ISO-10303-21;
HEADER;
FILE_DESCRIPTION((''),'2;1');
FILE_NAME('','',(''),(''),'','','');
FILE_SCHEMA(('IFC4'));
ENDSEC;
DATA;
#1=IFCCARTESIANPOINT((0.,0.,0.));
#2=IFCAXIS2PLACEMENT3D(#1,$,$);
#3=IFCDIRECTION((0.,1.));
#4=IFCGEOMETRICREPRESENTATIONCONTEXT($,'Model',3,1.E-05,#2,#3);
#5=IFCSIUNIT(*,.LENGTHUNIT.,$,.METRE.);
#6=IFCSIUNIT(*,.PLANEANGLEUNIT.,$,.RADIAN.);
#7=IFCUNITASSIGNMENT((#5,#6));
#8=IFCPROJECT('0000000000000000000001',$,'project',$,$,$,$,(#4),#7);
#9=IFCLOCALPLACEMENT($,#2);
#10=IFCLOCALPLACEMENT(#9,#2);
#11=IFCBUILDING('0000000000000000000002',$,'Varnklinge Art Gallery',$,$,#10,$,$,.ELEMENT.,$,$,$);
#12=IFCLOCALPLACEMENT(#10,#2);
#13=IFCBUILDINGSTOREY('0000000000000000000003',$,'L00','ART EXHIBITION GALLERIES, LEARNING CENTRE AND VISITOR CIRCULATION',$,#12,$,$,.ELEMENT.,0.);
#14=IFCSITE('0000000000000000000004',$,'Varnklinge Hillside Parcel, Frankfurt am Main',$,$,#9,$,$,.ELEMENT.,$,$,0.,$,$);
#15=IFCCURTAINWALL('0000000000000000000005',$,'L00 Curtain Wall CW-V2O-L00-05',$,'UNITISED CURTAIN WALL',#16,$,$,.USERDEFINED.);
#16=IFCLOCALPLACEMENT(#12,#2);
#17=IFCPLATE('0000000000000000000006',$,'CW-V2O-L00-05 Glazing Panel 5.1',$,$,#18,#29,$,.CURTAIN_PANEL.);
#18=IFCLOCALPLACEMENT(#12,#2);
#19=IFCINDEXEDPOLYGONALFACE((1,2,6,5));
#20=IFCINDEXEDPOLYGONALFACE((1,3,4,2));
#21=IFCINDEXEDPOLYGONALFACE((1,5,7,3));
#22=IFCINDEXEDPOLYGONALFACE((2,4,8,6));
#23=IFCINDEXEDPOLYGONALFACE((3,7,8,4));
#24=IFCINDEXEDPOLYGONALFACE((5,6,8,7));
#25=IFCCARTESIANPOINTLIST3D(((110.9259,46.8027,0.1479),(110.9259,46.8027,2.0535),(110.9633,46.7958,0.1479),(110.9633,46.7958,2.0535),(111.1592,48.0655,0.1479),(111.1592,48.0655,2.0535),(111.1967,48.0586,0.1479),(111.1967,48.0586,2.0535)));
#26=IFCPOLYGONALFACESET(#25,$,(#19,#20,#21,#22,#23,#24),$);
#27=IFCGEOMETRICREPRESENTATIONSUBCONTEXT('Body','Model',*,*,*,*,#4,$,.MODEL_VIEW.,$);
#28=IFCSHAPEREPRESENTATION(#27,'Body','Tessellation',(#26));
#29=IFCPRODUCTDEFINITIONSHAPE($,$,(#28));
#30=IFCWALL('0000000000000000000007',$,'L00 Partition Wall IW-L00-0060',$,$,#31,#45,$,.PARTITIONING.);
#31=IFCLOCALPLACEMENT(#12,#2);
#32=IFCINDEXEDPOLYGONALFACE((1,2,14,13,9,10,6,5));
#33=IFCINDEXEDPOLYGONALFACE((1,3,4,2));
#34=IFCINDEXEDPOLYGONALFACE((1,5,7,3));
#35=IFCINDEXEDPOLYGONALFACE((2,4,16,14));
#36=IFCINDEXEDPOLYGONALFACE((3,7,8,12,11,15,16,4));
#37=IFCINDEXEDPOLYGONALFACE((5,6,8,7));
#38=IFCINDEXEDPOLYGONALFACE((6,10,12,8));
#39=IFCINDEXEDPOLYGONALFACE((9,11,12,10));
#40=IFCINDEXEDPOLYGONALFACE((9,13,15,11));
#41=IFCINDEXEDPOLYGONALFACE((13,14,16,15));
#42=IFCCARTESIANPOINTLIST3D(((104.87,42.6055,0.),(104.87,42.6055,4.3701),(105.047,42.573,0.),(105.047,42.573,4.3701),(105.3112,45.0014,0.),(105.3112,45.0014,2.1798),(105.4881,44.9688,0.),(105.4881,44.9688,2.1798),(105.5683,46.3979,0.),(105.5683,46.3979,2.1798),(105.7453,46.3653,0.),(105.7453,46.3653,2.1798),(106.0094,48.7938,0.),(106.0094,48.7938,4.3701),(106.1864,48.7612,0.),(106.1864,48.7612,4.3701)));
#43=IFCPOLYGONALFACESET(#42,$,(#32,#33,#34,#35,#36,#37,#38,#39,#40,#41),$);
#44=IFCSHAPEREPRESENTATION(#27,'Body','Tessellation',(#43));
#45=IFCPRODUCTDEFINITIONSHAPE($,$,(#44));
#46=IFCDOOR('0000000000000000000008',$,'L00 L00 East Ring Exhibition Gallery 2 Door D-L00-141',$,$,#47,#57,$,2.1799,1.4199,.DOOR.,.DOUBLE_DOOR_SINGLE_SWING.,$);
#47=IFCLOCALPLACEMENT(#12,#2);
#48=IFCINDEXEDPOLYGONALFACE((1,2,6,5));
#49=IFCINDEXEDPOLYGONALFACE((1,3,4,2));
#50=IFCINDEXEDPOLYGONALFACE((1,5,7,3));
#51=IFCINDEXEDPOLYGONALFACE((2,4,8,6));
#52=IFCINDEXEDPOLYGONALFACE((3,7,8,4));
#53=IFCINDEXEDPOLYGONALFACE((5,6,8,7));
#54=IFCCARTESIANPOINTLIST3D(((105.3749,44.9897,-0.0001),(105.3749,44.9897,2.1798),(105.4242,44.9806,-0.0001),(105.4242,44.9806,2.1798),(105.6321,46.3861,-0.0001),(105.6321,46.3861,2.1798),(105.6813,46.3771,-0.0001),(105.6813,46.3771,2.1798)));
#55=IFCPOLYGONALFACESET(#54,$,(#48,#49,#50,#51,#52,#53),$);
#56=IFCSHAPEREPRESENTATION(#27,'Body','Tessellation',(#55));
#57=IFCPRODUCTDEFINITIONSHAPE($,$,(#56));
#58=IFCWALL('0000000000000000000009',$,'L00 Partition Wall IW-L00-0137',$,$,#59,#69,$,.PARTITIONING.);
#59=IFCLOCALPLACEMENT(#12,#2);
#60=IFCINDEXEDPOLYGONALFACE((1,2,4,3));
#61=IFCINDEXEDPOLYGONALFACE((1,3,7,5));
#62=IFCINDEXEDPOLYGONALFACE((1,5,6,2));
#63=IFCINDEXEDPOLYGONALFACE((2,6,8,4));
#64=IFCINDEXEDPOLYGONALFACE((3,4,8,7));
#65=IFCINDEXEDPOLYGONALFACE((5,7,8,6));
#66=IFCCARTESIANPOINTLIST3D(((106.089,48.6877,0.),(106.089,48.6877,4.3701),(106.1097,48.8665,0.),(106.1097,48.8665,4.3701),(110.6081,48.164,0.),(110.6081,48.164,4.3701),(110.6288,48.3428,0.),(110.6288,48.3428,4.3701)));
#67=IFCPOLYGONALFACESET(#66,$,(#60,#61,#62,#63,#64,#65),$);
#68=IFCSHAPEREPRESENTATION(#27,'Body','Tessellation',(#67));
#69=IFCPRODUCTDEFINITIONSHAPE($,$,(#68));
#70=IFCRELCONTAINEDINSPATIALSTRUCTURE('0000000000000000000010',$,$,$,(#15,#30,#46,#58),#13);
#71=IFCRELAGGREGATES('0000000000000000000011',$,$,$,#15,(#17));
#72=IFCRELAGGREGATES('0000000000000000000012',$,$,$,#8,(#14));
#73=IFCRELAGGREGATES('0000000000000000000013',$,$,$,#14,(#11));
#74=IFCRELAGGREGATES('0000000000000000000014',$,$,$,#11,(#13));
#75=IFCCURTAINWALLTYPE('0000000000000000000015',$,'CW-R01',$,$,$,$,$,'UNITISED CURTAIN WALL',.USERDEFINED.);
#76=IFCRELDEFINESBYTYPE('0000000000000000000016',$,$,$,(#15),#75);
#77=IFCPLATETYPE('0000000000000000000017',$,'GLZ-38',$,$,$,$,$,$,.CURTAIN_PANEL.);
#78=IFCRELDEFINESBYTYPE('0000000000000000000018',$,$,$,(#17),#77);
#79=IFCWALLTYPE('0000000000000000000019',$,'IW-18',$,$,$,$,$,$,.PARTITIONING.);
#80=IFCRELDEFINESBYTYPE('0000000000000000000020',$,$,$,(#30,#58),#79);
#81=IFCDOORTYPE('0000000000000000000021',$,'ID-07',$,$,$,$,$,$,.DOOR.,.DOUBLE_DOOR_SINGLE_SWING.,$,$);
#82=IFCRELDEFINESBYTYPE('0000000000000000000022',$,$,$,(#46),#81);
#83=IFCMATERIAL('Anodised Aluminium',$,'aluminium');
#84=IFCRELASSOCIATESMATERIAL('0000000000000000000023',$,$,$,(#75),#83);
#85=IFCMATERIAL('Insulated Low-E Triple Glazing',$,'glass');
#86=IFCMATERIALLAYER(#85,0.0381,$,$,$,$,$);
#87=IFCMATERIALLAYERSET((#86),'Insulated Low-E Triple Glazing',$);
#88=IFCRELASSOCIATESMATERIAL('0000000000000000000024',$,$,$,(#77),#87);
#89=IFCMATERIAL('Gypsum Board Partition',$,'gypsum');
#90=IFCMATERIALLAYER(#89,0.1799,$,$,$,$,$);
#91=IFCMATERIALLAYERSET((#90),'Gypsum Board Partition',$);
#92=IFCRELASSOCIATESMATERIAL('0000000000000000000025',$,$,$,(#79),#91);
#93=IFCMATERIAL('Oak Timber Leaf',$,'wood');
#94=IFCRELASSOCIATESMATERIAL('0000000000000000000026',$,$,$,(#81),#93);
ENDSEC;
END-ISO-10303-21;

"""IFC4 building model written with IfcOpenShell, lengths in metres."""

from ifc_helpers import new_model, si_unit, direction, frame, frame_2d, origin, origin_2d, place, context, subcontext, project, spatial, rectangle, extrude, material, layer, layer_set, type_object, element, fill, aggregate, save


model = new_model("IFC4")

# Units and contexts
model_context = context("Model", 3, precision=1e-05, world=origin(), true_north=direction((0.0, 1.0)))
body_context = subcontext(model_context, "Body", "Model", "MODEL_VIEW")
ifc_project = project(units=[si_unit("LENGTHUNIT", "METRE"), si_unit("PLANEANGLEUNIT", "RADIAN")], contexts=[model_context])

# Site, building, storey
site_placement = place(None, origin())
site = spatial("IfcSite", under=ifc_project, at=site_placement, Name="Varnklinge Hillside Parcel, Frankfurt am Main", CompositionType="ELEMENT", RefElevation=0.0)
building_placement = place(site_placement, origin())
building = spatial("IfcBuilding", under=site, at=building_placement, Name="Varnklinge Art Gallery", CompositionType="ELEMENT")
storey_placement = place(building_placement, origin())
storey = spatial("IfcBuildingStorey", under=building, at=storey_placement, Name="L00", Description="ART EXHIBITION GALLERIES, LEARNING CENTRE AND VISITOR CIRCULATION", CompositionType="ELEMENT", Elevation=0.0)

# Curtain wall
ifc_material_1 = material(Name="Anodised Aluminium", Category="aluminium")
curtain_wall_type_1 = type_object("IfcCurtainWallType", Name="CW-R01", ElementType="UNITISED CURTAIN WALL", PredefinedType="USERDEFINED", material=ifc_material_1)
curtain_wall_1_placement = place(storey_placement, origin())
curtain_wall_1 = element("IfcCurtainWall", 1, at=curtain_wall_1_placement, inside=storey, type_object=curtain_wall_type_1, Name="L00 Curtain Wall CW-V2O-L00-05", ObjectType="UNITISED CURTAIN WALL", PredefinedType="USERDEFINED")

# Plate
ifc_material_2 = material(Name="Insulated Low-E Triple Glazing", Category="glass")
ifc_layer_1 = layer(ifc_material_2, 0.0381)
ifc_layer_set_1 = layer_set([ifc_layer_1], Name="Insulated Low-E Triple Glazing")
plate_type_1 = type_object("IfcPlateType", Name="GLZ-38", PredefinedType="CURTAIN_PANEL", material=ifc_layer_set_1)
plate_1_placement = place(storey_placement, frame((111.0613, 47.4307, 0.1479), z_axis=(0.0, 0.0, 1.0), x_axis=(0.181721, 0.98335, 0.0)))
plate_1 = element("IfcPlate", 2, at=plate_1_placement, type_object=plate_type_1, Name="CW-V2O-L00-05 Glazing Panel 5.1", PredefinedType="CURTAIN_PANEL", context=body_context, shape_type="SweptSolid", body=[
    extrude(rectangle(XDim=1.2842, YDim=0.0381, at=origin_2d()), origin(), (0.0, 0.0, 1.0), 1.9055),
])
aggregate(curtain_wall_1, [plate_1])

# Wall, opening, door
ifc_material_3 = material(Name="Gypsum Board Partition", Category="gypsum")
ifc_layer_2 = layer(ifc_material_3, 0.1799)
ifc_layer_set_2 = layer_set([ifc_layer_2], Name="Gypsum Board Partition")
wall_type = type_object("IfcWallType", Name="IW-18", PredefinedType="PARTITIONING", material=ifc_layer_set_2)
wall_1_placement = place(storey_placement, frame((106.0979, 48.7773, 0.0), z_axis=(0.0, 0.0, 1.0), x_axis=(-0.18108, -0.983468, 0.0)))
wall_1 = element("IfcWall", 3, at=wall_1_placement, inside=storey, type_object=wall_type, Name="L00 Partition Wall IW-L00-0060", PredefinedType="PARTITIONING", context=body_context, shape_type="SweptSolid", body=[
    extrude(rectangle(XDim=6.2922, YDim=0.1799, at=frame_2d((3.146, 0.0))), origin(), (0.0, 0.0, 1.0), 4.3701),
])
opening_placement = place(wall_1_placement, frame((2.436, 0.0, 0.0)))
opening = element("IfcOpeningElement", 4, at=opening_placement, cuts=wall_1, PredefinedType="OPENING", context=body_context, shape_type="SweptSolid", body=[
    extrude(rectangle(XDim=1.4199, YDim=2.1799, at=frame_2d((0.71, 1.0898))), frame((0.0, 0.0999, 0.0), z_axis=(0.0, -1.0, 0.0), x_axis=(1.0, 0.0, 0.0)), (0.0, 0.0, 1.0), 0.2),
])
ifc_material_4 = material(Name="Oak Timber Leaf", Category="wood")
door_type = type_object("IfcDoorType", Name="ID-07", OperationType="DOUBLE_DOOR_SINGLE_SWING", PredefinedType="DOOR", material=ifc_material_4)
door_placement = place(opening_placement, origin())
door = element("IfcDoor", 5, at=door_placement, inside=storey, type_object=door_type, Name="L00 L00 East Ring Exhibition Gallery 2 Door D-L00-141", OperationType="DOUBLE_DOOR_SINGLE_SWING", OverallHeight=2.1799, OverallWidth=1.4199, PredefinedType="DOOR", context=body_context, shape_type="SweptSolid", body=[
    extrude(rectangle(XDim=1.4199, YDim=2.1799, at=frame_2d((0.71, 1.0898))), frame((0.0, 0.0249, 0.0), z_axis=(0.0, -1.0, 0.0), x_axis=(1.0, 0.0, 0.0)), (0.0, 0.0, 1.0), 0.05),
])
fill(opening, door)

# Wall
wall_2_placement = place(storey_placement, frame((106.0994, 48.7771, 0.0), z_axis=(0.0, 0.0, 1.0), x_axis=(0.993352, -0.115113, 0.0)))
element("IfcWall", 6, at=wall_2_placement, inside=storey, type_object=wall_type, Name="L00 Partition Wall IW-L00-0137", PredefinedType="PARTITIONING", context=body_context, shape_type="SweptSolid", body=[
    extrude(rectangle(XDim=4.5493, YDim=0.1799, at=frame_2d((2.2747, 0.0))), origin(), (0.0, 0.0, 1.0), 4.3701),
])

save(model, "model.ifc")
